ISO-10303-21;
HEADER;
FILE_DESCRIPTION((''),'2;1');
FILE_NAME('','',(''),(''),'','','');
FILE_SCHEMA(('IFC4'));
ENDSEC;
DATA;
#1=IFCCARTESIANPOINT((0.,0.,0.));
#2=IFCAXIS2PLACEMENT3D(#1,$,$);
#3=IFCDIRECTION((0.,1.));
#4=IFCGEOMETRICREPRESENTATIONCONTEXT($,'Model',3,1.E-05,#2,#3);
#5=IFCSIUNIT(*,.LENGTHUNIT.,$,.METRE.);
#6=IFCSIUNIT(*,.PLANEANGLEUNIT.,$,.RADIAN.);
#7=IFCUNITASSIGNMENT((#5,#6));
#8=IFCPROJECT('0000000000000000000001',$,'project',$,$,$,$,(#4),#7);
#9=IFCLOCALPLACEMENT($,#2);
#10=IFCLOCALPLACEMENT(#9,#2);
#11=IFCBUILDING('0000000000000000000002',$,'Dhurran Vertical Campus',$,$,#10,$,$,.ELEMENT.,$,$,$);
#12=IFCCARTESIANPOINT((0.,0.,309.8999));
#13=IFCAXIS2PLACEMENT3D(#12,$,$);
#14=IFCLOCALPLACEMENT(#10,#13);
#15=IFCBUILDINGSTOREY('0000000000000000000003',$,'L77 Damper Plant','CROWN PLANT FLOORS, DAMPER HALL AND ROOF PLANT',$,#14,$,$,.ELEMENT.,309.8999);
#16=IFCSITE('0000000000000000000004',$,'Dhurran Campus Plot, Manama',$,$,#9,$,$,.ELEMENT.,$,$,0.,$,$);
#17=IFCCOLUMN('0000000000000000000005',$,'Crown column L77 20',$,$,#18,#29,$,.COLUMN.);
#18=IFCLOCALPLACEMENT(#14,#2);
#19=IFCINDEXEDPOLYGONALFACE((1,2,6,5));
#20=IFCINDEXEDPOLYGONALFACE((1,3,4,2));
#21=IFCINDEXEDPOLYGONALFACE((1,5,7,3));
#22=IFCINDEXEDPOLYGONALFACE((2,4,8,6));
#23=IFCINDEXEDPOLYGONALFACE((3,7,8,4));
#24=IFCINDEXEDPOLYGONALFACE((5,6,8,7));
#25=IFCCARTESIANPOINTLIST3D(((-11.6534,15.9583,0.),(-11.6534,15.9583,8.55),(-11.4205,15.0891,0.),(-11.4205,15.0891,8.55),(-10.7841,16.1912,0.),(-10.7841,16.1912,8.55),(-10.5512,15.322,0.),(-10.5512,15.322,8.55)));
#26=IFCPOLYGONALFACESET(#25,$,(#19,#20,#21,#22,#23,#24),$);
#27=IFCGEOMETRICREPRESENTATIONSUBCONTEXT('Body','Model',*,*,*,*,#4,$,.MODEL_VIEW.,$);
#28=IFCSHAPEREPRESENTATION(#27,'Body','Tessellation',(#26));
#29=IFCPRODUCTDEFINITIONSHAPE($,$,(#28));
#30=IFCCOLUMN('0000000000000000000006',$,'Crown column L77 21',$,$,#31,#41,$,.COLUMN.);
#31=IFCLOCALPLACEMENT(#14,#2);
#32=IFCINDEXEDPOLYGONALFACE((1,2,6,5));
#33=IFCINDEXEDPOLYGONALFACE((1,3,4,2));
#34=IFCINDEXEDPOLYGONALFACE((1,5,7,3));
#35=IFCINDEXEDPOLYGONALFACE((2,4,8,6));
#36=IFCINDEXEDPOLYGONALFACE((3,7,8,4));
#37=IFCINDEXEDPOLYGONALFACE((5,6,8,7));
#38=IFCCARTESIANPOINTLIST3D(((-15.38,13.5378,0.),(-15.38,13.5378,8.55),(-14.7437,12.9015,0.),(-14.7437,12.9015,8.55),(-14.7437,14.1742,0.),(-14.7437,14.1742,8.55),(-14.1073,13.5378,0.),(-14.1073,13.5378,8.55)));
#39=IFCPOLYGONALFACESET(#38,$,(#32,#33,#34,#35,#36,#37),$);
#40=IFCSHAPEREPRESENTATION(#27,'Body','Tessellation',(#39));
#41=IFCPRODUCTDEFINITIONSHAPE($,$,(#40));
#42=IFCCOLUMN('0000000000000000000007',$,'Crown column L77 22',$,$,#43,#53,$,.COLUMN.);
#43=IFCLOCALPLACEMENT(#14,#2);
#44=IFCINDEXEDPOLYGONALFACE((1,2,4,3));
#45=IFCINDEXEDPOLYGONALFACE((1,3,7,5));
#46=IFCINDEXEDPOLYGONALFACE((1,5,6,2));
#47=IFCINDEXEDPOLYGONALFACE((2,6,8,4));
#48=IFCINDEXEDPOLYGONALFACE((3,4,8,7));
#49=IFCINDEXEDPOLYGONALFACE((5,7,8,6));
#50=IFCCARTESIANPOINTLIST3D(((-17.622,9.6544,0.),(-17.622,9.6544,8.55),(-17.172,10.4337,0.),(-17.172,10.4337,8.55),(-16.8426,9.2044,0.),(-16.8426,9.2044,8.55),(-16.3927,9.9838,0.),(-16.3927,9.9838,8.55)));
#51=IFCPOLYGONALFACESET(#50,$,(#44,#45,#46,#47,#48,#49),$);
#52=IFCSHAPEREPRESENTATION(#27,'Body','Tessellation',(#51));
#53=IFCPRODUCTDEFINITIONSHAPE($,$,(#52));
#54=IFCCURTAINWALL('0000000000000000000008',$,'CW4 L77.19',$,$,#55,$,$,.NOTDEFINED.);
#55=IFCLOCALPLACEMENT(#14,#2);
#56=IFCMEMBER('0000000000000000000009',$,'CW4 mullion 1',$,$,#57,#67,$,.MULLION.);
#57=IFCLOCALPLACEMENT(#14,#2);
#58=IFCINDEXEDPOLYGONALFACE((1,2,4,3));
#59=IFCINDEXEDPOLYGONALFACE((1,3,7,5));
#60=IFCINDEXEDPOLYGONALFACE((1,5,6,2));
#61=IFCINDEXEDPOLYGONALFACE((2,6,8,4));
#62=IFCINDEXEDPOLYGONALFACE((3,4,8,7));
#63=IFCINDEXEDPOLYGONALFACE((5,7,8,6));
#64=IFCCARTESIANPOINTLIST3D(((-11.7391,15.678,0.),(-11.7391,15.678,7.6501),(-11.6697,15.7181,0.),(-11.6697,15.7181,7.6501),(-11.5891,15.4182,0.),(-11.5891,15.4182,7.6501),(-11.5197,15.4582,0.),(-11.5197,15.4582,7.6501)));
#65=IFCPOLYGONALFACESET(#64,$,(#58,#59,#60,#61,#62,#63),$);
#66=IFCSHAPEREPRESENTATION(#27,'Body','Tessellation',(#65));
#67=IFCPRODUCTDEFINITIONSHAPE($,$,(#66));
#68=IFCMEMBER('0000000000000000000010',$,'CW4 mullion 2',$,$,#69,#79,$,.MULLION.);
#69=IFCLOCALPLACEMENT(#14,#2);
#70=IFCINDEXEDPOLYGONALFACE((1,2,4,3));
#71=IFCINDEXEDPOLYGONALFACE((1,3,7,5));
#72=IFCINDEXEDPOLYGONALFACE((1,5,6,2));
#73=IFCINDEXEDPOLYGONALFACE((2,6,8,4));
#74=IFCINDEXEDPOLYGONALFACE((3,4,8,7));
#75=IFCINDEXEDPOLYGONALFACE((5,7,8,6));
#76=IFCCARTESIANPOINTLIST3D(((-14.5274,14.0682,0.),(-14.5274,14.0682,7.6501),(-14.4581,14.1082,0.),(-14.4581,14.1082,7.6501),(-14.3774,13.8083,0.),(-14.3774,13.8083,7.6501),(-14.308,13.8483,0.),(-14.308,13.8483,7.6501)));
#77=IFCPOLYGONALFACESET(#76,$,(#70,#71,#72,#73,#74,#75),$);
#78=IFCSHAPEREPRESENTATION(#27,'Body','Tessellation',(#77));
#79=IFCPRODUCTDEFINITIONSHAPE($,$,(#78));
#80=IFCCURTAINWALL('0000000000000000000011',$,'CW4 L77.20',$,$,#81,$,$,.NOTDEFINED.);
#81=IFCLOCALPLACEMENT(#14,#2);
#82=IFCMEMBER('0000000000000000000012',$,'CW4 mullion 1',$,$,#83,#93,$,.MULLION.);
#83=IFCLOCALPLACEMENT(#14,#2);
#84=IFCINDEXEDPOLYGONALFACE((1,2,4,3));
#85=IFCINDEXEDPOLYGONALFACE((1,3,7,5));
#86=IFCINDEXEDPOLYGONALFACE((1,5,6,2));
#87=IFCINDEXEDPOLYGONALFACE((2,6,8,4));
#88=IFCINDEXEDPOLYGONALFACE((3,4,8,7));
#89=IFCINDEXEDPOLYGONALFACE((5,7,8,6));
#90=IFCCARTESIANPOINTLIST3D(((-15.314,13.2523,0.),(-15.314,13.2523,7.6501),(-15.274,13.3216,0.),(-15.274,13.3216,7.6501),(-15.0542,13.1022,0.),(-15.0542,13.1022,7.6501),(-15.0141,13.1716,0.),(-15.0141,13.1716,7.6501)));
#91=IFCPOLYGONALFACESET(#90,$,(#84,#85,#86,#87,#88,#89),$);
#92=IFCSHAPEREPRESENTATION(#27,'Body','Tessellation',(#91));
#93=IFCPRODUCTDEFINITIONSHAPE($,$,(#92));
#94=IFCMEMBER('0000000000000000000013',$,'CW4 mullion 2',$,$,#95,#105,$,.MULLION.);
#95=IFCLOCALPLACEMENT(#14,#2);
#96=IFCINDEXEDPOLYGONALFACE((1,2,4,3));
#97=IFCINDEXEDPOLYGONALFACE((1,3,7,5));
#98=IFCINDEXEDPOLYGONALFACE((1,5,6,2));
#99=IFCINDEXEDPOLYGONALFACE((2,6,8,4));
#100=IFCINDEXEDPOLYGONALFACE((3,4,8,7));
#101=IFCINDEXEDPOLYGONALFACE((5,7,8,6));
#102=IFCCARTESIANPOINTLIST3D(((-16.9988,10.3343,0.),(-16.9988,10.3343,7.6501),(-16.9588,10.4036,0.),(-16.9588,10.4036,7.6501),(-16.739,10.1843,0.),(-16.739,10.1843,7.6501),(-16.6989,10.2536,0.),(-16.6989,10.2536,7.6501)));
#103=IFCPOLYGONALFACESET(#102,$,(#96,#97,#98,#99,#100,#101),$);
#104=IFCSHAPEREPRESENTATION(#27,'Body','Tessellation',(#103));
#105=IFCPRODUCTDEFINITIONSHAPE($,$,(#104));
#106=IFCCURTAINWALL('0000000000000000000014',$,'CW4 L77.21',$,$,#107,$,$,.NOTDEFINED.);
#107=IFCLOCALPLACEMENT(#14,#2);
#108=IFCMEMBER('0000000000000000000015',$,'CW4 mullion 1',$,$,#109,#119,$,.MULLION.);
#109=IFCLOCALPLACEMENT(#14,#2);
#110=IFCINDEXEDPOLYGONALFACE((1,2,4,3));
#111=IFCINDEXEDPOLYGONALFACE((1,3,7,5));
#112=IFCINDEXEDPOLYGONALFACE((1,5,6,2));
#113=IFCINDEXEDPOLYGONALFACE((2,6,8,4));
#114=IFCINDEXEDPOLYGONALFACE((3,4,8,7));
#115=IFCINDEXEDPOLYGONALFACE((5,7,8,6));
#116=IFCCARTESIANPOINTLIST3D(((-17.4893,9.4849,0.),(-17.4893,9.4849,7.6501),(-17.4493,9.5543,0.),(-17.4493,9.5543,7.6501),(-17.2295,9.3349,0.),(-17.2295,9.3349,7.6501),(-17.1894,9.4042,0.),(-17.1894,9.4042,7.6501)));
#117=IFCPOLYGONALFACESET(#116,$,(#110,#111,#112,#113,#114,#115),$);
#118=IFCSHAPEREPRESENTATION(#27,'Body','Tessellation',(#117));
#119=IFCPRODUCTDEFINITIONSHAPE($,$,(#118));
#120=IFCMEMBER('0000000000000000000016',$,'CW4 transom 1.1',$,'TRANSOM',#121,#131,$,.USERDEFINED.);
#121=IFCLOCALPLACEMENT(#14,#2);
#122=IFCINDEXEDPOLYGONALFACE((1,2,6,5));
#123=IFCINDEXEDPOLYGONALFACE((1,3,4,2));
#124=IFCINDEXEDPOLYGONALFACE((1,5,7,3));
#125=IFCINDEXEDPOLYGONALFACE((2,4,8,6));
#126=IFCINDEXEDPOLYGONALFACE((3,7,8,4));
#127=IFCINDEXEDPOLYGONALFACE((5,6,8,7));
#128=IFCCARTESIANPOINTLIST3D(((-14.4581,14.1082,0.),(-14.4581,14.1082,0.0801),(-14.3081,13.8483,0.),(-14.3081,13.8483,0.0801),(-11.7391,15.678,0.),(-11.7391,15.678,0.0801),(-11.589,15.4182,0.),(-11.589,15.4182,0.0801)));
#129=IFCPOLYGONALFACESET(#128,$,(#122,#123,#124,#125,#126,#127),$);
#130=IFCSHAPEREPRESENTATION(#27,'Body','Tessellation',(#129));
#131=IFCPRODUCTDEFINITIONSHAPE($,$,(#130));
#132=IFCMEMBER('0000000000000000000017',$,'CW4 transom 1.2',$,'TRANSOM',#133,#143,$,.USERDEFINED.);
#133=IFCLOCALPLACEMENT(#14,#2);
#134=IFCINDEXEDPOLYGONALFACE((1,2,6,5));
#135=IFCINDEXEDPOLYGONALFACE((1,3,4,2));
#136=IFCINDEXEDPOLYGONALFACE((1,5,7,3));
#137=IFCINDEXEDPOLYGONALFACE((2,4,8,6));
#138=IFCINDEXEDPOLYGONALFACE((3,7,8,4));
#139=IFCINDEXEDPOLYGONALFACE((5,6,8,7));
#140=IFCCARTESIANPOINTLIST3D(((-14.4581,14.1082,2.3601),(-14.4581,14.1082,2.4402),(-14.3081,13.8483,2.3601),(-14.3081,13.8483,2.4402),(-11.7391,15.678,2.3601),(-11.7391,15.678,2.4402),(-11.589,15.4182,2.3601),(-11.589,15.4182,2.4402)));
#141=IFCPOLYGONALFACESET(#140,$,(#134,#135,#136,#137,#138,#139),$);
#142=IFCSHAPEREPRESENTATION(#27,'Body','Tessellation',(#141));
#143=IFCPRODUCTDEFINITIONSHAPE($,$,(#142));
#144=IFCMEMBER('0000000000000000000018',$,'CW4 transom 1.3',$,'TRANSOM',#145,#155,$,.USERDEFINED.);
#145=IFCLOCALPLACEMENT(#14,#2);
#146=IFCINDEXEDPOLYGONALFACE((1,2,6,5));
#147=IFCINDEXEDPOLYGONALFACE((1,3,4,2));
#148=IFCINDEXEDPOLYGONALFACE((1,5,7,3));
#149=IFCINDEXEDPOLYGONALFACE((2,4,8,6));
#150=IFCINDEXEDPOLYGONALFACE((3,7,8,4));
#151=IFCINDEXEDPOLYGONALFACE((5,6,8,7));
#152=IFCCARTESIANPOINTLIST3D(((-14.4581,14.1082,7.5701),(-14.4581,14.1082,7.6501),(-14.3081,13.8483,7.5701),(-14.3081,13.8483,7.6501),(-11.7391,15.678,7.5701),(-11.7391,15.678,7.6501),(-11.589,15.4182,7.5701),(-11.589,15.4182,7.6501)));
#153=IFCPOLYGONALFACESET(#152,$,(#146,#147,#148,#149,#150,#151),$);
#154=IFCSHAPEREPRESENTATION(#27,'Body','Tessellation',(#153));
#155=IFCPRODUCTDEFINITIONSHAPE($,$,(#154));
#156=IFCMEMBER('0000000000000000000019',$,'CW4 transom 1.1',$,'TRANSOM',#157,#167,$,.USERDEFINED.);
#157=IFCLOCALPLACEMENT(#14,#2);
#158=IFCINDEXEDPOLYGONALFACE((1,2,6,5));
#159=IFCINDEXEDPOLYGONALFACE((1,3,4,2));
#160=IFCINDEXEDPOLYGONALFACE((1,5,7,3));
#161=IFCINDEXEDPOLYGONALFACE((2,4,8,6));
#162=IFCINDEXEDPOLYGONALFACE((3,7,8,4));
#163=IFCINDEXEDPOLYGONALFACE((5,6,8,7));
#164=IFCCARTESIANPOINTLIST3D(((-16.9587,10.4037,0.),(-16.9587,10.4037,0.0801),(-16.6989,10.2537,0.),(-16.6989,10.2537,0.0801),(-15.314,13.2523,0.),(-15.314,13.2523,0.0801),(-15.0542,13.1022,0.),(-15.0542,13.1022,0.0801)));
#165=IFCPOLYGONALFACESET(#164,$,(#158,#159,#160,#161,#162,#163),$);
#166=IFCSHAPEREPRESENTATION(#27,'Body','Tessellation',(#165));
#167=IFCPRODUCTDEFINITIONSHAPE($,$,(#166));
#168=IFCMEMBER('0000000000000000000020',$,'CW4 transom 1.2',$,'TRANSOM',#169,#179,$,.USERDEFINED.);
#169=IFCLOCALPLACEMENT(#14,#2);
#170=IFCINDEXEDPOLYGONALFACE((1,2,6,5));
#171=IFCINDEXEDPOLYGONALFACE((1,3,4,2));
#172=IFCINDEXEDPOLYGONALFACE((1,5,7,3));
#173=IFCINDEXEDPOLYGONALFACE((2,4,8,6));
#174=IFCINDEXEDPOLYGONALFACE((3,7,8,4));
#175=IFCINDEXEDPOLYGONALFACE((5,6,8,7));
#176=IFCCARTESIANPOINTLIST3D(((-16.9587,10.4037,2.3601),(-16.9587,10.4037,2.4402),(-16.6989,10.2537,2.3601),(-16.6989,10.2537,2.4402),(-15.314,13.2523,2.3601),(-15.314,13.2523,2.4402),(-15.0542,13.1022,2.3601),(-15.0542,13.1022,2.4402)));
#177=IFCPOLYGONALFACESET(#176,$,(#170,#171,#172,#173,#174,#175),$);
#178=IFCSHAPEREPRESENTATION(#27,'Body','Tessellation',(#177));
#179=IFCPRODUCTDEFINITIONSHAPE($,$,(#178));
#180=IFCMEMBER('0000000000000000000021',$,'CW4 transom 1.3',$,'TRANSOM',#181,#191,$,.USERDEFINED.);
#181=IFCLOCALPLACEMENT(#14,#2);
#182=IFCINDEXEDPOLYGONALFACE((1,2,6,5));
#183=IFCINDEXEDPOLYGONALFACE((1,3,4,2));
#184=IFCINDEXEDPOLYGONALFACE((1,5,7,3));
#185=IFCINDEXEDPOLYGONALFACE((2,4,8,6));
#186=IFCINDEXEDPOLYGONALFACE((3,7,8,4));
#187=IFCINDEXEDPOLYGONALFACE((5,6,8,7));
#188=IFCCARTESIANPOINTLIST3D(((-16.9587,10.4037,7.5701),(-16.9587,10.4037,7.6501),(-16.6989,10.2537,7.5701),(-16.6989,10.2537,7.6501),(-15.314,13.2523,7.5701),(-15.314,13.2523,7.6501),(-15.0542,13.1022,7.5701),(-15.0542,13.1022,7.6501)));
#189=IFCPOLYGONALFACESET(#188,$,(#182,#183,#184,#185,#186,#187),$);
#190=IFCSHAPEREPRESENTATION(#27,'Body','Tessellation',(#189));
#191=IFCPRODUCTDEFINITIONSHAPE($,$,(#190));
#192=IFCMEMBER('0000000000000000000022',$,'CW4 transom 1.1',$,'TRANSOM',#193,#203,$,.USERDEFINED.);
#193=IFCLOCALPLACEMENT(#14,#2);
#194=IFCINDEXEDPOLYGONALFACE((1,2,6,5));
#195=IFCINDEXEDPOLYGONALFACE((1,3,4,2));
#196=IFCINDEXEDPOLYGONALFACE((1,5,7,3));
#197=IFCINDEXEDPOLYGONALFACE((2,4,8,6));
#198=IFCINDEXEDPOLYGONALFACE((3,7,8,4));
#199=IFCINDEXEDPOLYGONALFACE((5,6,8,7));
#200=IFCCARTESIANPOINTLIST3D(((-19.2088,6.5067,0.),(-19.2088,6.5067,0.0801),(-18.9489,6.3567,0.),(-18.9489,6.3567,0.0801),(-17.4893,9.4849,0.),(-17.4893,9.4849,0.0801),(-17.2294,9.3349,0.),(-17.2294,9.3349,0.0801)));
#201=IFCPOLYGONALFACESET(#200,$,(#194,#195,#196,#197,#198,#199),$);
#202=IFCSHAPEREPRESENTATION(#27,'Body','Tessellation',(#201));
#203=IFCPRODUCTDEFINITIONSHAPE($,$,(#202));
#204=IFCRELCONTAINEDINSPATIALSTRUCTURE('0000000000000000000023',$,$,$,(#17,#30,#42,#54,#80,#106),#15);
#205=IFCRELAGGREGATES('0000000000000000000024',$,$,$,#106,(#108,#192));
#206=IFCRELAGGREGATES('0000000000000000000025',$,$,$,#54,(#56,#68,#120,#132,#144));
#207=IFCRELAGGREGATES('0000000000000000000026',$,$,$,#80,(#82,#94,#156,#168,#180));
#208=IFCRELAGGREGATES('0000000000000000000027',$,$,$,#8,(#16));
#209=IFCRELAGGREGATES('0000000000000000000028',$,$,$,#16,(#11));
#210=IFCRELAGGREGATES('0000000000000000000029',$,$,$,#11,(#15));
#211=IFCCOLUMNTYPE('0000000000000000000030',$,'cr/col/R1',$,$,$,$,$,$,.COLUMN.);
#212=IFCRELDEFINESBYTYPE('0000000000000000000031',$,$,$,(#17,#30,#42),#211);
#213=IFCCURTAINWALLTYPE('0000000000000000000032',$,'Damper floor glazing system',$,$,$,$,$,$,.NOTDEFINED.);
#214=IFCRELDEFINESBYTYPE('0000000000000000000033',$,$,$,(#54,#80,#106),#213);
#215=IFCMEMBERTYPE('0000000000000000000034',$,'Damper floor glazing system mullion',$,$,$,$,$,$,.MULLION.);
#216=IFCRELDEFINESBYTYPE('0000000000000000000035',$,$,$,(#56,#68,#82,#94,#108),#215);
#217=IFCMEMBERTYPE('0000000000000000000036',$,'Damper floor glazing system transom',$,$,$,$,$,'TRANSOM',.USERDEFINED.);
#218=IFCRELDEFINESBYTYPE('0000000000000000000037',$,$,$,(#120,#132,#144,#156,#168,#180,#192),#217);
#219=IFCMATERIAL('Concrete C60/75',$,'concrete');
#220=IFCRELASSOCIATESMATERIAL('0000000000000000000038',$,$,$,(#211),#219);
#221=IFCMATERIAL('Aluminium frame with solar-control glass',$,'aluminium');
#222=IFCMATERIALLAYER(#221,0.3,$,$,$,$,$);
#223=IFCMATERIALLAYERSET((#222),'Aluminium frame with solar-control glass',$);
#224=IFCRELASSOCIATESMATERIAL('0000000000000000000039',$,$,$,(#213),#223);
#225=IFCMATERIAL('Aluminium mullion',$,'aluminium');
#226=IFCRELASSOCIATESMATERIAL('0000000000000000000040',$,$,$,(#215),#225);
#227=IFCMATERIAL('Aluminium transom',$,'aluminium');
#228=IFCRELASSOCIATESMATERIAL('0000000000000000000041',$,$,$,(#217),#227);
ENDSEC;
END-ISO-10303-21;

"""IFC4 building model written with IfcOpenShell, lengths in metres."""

from ifc_helpers import new_model, si_unit, direction, frame, origin, origin_2d, place, context, subcontext, project, spatial, rectangle, extrude, material, layer, layer_set, material_profile, profile_set, type_object, element, aggregate, save


model = new_model("IFC4")

# Units and contexts
model_context = context("Model", 3, precision=1e-05, world=origin(), true_north=direction((0.0, 1.0)))
body_context = subcontext(model_context, "Body", "Model", "MODEL_VIEW")
ifc_project = project(units=[si_unit("LENGTHUNIT", "METRE"), si_unit("PLANEANGLEUNIT", "RADIAN")], contexts=[model_context])

# Site, building, storey
site_placement = place(None, origin())
site = spatial("IfcSite", under=ifc_project, at=site_placement, Name="Dhurran Campus Plot, Manama", CompositionType="ELEMENT", RefElevation=0.0)
building_placement = place(site_placement, origin())
building = spatial("IfcBuilding", under=site, at=building_placement, Name="Dhurran Vertical Campus", CompositionType="ELEMENT")
storey_placement = place(building_placement, frame((0.0, 0.0, 309.8999)))
storey = spatial("IfcBuildingStorey", under=building, at=storey_placement, Name="L77 Damper Plant", Description="CROWN PLANT FLOORS, DAMPER HALL AND ROOF PLANT", CompositionType="ELEMENT", Elevation=309.8999)

# Columns
ifc_material_1 = material(Name="Concrete C60/75", Category="concrete")
ifc_material_profile_1 = material_profile(ifc_material_1, rectangle(XDim=0.8999, YDim=0.8999, at=origin_2d()), Name="cr/col/R1")
ifc_profile_set_1 = profile_set([ifc_material_profile_1], Name="Concrete C60/75")
column_type = type_object("IfcColumnType", Name="cr/col/R1", PredefinedType="COLUMN", material=ifc_profile_set_1)
for number, where, z_axis, x_axis, name in (
    (1, (-11.1023, 15.6401, 0.0), (0.0, 0.0, 1.0), (-0.965926, -0.258819, 0.0), "Crown column L77 20"),
    (2, (-14.7437, 13.5378, 0.0), (0.0, 0.0, 1.0), (-0.707107, -0.707107, 0.0), "Crown column L77 21"),
    (3, (-17.0073, 9.8191, 0.0), (0.0, 0.0, 1.0), (-0.5, -0.866025, 0.0), "Crown column L77 22"),
):
    element("IfcColumn", number, at=place(storey_placement, frame(where, z_axis=z_axis, x_axis=x_axis)), inside=storey, type_object=column_type, Name=name, PredefinedType="COLUMN", context=body_context, shape_type="SweptSolid", body=[
        extrude(rectangle(XDim=0.8999, YDim=0.8999, at=origin_2d()), origin(), (0.0, 0.0, 1.0), 8.55),
    ])

# Curtain walls, members
ifc_material_2 = material(Name="Aluminium frame with solar-control glass", Category="aluminium")
ifc_layer_1 = layer(ifc_material_2, 0.3)
ifc_layer_set_1 = layer_set([ifc_layer_1], Name="Aluminium frame with solar-control glass")
curtain_wall_type = type_object("IfcCurtainWallType", Name="Damper floor glazing system", PredefinedType="NOTDEFINED", material=ifc_layer_set_1)
curtain_wall_1_placement = place(storey_placement, origin())
curtain_wall_1 = element("IfcCurtainWall", 4, at=curtain_wall_1_placement, inside=storey, type_object=curtain_wall_type, Name="CW4 L77.19", PredefinedType="NOTDEFINED")
ifc_material_3 = material(Name="Aluminium mullion", Category="aluminium")
ifc_material_profile_2 = material_profile(ifc_material_3, rectangle(XDim=0.3, YDim=0.0801, at=origin_2d()), Name="Damper floor glazing system mullion")
ifc_profile_set_2 = profile_set([ifc_material_profile_2], Name="Aluminium mullion")
member_type_1 = type_object("IfcMemberType", Name="Damper floor glazing system mullion", PredefinedType="MULLION", material=ifc_profile_set_2)
member_1_placement = place(storey_placement, frame((-11.6294, 15.5681, 0.0), z_axis=(0.0, 0.0, 1.0), x_axis=(0.500001, -0.866025, 0.0)))
member_1 = element("IfcMember", 5, at=member_1_placement, type_object=member_type_1, Name="CW4 mullion 1", PredefinedType="MULLION", context=body_context, shape_type="SweptSolid", body=[
    extrude(rectangle(XDim=0.3, YDim=0.0801, at=origin_2d()), origin(), (0.0, 0.0, 1.0), 7.6501),
])
member_2_placement = place(storey_placement, frame((-14.4177, 13.9583, 0.0), z_axis=(0.0, 0.0, 1.0), x_axis=(0.500001, -0.866025, 0.0)))
member_2 = element("IfcMember", 6, at=member_2_placement, type_object=member_type_1, Name="CW4 mullion 2", PredefinedType="MULLION", context=body_context, shape_type="SweptSolid", body=[
    extrude(rectangle(XDim=0.3, YDim=0.0801, at=origin_2d()), origin(), (0.0, 0.0, 1.0), 7.6501),
])
curtain_wall_2_placement = place(storey_placement, origin())
curtain_wall_2 = element("IfcCurtainWall", 7, at=curtain_wall_2_placement, inside=storey, type_object=curtain_wall_type, Name="CW4 L77.20", PredefinedType="NOTDEFINED")
member_3_placement = place(storey_placement, frame((-15.1641, 13.2119, 0.0), z_axis=(0.0, 0.0, 1.0), x_axis=(0.86602, -0.500009, 0.0)))
member_3 = element("IfcMember", 8, at=member_3_placement, type_object=member_type_1, Name="CW4 mullion 1", PredefinedType="MULLION", context=body_context, shape_type="SweptSolid", body=[
    extrude(rectangle(XDim=0.3, YDim=0.0801, at=origin_2d()), origin(), (0.0, 0.0, 1.0), 7.6501),
])
member_4_placement = place(storey_placement, frame((-16.8489, 10.2939, 0.0), z_axis=(0.0, 0.0, 1.0), x_axis=(0.86602, -0.500009, 0.0)))
member_4 = element("IfcMember", 9, at=member_4_placement, type_object=member_type_1, Name="CW4 mullion 2", PredefinedType="MULLION", context=body_context, shape_type="SweptSolid", body=[
    extrude(rectangle(XDim=0.3, YDim=0.0801, at=origin_2d()), origin(), (0.0, 0.0, 1.0), 7.6501),
])

# Curtain wall, member
curtain_wall_3_placement = place(storey_placement, origin())
curtain_wall_3 = element("IfcCurtainWall", 10, at=curtain_wall_3_placement, inside=storey, type_object=curtain_wall_type, Name="CW4 L77.21", PredefinedType="NOTDEFINED")
member_5_placement = place(storey_placement, frame((-17.3394, 9.4446, 0.0), z_axis=(0.0, 0.0, 1.0), x_axis=(0.866024, -0.500003, 0.0)))
member_5 = element("IfcMember", 11, at=member_5_placement, type_object=member_type_1, Name="CW4 mullion 1", PredefinedType="MULLION", context=body_context, shape_type="SweptSolid", body=[
    extrude(rectangle(XDim=0.3, YDim=0.0801, at=origin_2d()), origin(), (0.0, 0.0, 1.0), 7.6501),
])

# Members
ifc_material_4 = material(Name="Aluminium transom", Category="aluminium")
ifc_material_profile_3 = material_profile(ifc_material_4, rectangle(XDim=0.3, YDim=0.0801, at=origin_2d()), Name="Damper floor glazing system transom")
ifc_profile_set_3 = profile_set([ifc_material_profile_3], Name="Aluminium transom")
member_type_2 = type_object("IfcMemberType", Name="Damper floor glazing system transom", ElementType="TRANSOM", PredefinedType="USERDEFINED", material=ifc_profile_set_3)
member_6_placement = place(storey_placement, frame((-11.6641, 15.5481, 0.04), z_axis=(-0.866024, -0.500003, 0.0), x_axis=(0.500003, -0.866024, 0.0)))
member_6 = element("IfcMember", 12, at=member_6_placement, type_object=member_type_2, Name="CW4 transom 1.1", ObjectType="TRANSOM", PredefinedType="USERDEFINED", context=body_context, shape_type="SweptSolid", body=[
    extrude(rectangle(XDim=0.3, YDim=0.0801, at=origin_2d()), origin(), (0.0, 0.0, 1.0), 3.1396),
])
member_7_placement = place(storey_placement, frame((-11.6641, 15.5481, 2.4001), z_axis=(-0.866024, -0.500003, 0.0), x_axis=(0.500003, -0.866024, 0.0)))
member_7 = element("IfcMember", 13, at=member_7_placement, type_object=member_type_2, Name="CW4 transom 1.2", ObjectType="TRANSOM", PredefinedType="USERDEFINED", context=body_context, shape_type="SweptSolid", body=[
    extrude(rectangle(XDim=0.3, YDim=0.0801, at=origin_2d()), origin(), (0.0, 0.0, 1.0), 3.1396),
])
member_8_placement = place(storey_placement, frame((-11.6641, 15.5481, 7.6101), z_axis=(-0.866024, -0.500003, 0.0), x_axis=(0.500003, -0.866024, 0.0)))
member_8 = element("IfcMember", 14, at=member_8_placement, type_object=member_type_2, Name="CW4 transom 1.3", ObjectType="TRANSOM", PredefinedType="USERDEFINED", context=body_context, shape_type="SweptSolid", body=[
    extrude(rectangle(XDim=0.3, YDim=0.0801, at=origin_2d()), origin(), (0.0, 0.0, 1.0), 3.1396),
])
member_9_placement = place(storey_placement, frame((-15.1841, 13.1772, 0.04), z_axis=(-0.500027, -0.86601, 0.0), x_axis=(0.86601, -0.500027, 0.0)))
member_9 = element("IfcMember", 15, at=member_9_placement, type_object=member_type_2, Name="CW4 transom 1.1", ObjectType="TRANSOM", PredefinedType="USERDEFINED", context=body_context, shape_type="SweptSolid", body=[
    extrude(rectangle(XDim=0.3, YDim=0.0801, at=origin_2d()), origin(), (0.0, 0.0, 1.0), 3.2893),
])
member_10_placement = place(storey_placement, frame((-15.1841, 13.1772, 2.4001), z_axis=(-0.500027, -0.86601, 0.0), x_axis=(0.86601, -0.500027, 0.0)))
member_10 = element("IfcMember", 16, at=member_10_placement, type_object=member_type_2, Name="CW4 transom 1.2", ObjectType="TRANSOM", PredefinedType="USERDEFINED", context=body_context, shape_type="SweptSolid", body=[
    extrude(rectangle(XDim=0.3, YDim=0.0801, at=origin_2d()), origin(), (0.0, 0.0, 1.0), 3.2893),
])
member_11_placement = place(storey_placement, frame((-15.1841, 13.1772, 7.6101), z_axis=(-0.500027, -0.86601, 0.0), x_axis=(0.86601, -0.500027, 0.0)))
member_11 = element("IfcMember", 17, at=member_11_placement, type_object=member_type_2, Name="CW4 transom 1.3", ObjectType="TRANSOM", PredefinedType="USERDEFINED", context=body_context, shape_type="SweptSolid", body=[
    extrude(rectangle(XDim=0.3, YDim=0.0801, at=origin_2d()), origin(), (0.0, 0.0, 1.0), 3.2893),
])
member_12_placement = place(storey_placement, frame((-17.3594, 9.4099, 0.04), z_axis=(-0.499995, -0.866028, 0.0), x_axis=(0.866028, -0.499995, 0.0)))
member_12 = element("IfcMember", 18, at=member_12_placement, type_object=member_type_2, Name="CW4 transom 1.1", ObjectType="TRANSOM", PredefinedType="USERDEFINED", context=body_context, shape_type="SweptSolid", body=[
    extrude(rectangle(XDim=0.3, YDim=0.0801, at=origin_2d()), origin(), (0.0, 0.0, 1.0), 3.439),
])
aggregate(curtain_wall_3, [member_5, member_12])

aggregate(curtain_wall_1, [member_1, member_2, member_6, member_7, member_8])
aggregate(curtain_wall_2, [member_3, member_4, member_9, member_10, member_11])

save(model, "model.ifc")
